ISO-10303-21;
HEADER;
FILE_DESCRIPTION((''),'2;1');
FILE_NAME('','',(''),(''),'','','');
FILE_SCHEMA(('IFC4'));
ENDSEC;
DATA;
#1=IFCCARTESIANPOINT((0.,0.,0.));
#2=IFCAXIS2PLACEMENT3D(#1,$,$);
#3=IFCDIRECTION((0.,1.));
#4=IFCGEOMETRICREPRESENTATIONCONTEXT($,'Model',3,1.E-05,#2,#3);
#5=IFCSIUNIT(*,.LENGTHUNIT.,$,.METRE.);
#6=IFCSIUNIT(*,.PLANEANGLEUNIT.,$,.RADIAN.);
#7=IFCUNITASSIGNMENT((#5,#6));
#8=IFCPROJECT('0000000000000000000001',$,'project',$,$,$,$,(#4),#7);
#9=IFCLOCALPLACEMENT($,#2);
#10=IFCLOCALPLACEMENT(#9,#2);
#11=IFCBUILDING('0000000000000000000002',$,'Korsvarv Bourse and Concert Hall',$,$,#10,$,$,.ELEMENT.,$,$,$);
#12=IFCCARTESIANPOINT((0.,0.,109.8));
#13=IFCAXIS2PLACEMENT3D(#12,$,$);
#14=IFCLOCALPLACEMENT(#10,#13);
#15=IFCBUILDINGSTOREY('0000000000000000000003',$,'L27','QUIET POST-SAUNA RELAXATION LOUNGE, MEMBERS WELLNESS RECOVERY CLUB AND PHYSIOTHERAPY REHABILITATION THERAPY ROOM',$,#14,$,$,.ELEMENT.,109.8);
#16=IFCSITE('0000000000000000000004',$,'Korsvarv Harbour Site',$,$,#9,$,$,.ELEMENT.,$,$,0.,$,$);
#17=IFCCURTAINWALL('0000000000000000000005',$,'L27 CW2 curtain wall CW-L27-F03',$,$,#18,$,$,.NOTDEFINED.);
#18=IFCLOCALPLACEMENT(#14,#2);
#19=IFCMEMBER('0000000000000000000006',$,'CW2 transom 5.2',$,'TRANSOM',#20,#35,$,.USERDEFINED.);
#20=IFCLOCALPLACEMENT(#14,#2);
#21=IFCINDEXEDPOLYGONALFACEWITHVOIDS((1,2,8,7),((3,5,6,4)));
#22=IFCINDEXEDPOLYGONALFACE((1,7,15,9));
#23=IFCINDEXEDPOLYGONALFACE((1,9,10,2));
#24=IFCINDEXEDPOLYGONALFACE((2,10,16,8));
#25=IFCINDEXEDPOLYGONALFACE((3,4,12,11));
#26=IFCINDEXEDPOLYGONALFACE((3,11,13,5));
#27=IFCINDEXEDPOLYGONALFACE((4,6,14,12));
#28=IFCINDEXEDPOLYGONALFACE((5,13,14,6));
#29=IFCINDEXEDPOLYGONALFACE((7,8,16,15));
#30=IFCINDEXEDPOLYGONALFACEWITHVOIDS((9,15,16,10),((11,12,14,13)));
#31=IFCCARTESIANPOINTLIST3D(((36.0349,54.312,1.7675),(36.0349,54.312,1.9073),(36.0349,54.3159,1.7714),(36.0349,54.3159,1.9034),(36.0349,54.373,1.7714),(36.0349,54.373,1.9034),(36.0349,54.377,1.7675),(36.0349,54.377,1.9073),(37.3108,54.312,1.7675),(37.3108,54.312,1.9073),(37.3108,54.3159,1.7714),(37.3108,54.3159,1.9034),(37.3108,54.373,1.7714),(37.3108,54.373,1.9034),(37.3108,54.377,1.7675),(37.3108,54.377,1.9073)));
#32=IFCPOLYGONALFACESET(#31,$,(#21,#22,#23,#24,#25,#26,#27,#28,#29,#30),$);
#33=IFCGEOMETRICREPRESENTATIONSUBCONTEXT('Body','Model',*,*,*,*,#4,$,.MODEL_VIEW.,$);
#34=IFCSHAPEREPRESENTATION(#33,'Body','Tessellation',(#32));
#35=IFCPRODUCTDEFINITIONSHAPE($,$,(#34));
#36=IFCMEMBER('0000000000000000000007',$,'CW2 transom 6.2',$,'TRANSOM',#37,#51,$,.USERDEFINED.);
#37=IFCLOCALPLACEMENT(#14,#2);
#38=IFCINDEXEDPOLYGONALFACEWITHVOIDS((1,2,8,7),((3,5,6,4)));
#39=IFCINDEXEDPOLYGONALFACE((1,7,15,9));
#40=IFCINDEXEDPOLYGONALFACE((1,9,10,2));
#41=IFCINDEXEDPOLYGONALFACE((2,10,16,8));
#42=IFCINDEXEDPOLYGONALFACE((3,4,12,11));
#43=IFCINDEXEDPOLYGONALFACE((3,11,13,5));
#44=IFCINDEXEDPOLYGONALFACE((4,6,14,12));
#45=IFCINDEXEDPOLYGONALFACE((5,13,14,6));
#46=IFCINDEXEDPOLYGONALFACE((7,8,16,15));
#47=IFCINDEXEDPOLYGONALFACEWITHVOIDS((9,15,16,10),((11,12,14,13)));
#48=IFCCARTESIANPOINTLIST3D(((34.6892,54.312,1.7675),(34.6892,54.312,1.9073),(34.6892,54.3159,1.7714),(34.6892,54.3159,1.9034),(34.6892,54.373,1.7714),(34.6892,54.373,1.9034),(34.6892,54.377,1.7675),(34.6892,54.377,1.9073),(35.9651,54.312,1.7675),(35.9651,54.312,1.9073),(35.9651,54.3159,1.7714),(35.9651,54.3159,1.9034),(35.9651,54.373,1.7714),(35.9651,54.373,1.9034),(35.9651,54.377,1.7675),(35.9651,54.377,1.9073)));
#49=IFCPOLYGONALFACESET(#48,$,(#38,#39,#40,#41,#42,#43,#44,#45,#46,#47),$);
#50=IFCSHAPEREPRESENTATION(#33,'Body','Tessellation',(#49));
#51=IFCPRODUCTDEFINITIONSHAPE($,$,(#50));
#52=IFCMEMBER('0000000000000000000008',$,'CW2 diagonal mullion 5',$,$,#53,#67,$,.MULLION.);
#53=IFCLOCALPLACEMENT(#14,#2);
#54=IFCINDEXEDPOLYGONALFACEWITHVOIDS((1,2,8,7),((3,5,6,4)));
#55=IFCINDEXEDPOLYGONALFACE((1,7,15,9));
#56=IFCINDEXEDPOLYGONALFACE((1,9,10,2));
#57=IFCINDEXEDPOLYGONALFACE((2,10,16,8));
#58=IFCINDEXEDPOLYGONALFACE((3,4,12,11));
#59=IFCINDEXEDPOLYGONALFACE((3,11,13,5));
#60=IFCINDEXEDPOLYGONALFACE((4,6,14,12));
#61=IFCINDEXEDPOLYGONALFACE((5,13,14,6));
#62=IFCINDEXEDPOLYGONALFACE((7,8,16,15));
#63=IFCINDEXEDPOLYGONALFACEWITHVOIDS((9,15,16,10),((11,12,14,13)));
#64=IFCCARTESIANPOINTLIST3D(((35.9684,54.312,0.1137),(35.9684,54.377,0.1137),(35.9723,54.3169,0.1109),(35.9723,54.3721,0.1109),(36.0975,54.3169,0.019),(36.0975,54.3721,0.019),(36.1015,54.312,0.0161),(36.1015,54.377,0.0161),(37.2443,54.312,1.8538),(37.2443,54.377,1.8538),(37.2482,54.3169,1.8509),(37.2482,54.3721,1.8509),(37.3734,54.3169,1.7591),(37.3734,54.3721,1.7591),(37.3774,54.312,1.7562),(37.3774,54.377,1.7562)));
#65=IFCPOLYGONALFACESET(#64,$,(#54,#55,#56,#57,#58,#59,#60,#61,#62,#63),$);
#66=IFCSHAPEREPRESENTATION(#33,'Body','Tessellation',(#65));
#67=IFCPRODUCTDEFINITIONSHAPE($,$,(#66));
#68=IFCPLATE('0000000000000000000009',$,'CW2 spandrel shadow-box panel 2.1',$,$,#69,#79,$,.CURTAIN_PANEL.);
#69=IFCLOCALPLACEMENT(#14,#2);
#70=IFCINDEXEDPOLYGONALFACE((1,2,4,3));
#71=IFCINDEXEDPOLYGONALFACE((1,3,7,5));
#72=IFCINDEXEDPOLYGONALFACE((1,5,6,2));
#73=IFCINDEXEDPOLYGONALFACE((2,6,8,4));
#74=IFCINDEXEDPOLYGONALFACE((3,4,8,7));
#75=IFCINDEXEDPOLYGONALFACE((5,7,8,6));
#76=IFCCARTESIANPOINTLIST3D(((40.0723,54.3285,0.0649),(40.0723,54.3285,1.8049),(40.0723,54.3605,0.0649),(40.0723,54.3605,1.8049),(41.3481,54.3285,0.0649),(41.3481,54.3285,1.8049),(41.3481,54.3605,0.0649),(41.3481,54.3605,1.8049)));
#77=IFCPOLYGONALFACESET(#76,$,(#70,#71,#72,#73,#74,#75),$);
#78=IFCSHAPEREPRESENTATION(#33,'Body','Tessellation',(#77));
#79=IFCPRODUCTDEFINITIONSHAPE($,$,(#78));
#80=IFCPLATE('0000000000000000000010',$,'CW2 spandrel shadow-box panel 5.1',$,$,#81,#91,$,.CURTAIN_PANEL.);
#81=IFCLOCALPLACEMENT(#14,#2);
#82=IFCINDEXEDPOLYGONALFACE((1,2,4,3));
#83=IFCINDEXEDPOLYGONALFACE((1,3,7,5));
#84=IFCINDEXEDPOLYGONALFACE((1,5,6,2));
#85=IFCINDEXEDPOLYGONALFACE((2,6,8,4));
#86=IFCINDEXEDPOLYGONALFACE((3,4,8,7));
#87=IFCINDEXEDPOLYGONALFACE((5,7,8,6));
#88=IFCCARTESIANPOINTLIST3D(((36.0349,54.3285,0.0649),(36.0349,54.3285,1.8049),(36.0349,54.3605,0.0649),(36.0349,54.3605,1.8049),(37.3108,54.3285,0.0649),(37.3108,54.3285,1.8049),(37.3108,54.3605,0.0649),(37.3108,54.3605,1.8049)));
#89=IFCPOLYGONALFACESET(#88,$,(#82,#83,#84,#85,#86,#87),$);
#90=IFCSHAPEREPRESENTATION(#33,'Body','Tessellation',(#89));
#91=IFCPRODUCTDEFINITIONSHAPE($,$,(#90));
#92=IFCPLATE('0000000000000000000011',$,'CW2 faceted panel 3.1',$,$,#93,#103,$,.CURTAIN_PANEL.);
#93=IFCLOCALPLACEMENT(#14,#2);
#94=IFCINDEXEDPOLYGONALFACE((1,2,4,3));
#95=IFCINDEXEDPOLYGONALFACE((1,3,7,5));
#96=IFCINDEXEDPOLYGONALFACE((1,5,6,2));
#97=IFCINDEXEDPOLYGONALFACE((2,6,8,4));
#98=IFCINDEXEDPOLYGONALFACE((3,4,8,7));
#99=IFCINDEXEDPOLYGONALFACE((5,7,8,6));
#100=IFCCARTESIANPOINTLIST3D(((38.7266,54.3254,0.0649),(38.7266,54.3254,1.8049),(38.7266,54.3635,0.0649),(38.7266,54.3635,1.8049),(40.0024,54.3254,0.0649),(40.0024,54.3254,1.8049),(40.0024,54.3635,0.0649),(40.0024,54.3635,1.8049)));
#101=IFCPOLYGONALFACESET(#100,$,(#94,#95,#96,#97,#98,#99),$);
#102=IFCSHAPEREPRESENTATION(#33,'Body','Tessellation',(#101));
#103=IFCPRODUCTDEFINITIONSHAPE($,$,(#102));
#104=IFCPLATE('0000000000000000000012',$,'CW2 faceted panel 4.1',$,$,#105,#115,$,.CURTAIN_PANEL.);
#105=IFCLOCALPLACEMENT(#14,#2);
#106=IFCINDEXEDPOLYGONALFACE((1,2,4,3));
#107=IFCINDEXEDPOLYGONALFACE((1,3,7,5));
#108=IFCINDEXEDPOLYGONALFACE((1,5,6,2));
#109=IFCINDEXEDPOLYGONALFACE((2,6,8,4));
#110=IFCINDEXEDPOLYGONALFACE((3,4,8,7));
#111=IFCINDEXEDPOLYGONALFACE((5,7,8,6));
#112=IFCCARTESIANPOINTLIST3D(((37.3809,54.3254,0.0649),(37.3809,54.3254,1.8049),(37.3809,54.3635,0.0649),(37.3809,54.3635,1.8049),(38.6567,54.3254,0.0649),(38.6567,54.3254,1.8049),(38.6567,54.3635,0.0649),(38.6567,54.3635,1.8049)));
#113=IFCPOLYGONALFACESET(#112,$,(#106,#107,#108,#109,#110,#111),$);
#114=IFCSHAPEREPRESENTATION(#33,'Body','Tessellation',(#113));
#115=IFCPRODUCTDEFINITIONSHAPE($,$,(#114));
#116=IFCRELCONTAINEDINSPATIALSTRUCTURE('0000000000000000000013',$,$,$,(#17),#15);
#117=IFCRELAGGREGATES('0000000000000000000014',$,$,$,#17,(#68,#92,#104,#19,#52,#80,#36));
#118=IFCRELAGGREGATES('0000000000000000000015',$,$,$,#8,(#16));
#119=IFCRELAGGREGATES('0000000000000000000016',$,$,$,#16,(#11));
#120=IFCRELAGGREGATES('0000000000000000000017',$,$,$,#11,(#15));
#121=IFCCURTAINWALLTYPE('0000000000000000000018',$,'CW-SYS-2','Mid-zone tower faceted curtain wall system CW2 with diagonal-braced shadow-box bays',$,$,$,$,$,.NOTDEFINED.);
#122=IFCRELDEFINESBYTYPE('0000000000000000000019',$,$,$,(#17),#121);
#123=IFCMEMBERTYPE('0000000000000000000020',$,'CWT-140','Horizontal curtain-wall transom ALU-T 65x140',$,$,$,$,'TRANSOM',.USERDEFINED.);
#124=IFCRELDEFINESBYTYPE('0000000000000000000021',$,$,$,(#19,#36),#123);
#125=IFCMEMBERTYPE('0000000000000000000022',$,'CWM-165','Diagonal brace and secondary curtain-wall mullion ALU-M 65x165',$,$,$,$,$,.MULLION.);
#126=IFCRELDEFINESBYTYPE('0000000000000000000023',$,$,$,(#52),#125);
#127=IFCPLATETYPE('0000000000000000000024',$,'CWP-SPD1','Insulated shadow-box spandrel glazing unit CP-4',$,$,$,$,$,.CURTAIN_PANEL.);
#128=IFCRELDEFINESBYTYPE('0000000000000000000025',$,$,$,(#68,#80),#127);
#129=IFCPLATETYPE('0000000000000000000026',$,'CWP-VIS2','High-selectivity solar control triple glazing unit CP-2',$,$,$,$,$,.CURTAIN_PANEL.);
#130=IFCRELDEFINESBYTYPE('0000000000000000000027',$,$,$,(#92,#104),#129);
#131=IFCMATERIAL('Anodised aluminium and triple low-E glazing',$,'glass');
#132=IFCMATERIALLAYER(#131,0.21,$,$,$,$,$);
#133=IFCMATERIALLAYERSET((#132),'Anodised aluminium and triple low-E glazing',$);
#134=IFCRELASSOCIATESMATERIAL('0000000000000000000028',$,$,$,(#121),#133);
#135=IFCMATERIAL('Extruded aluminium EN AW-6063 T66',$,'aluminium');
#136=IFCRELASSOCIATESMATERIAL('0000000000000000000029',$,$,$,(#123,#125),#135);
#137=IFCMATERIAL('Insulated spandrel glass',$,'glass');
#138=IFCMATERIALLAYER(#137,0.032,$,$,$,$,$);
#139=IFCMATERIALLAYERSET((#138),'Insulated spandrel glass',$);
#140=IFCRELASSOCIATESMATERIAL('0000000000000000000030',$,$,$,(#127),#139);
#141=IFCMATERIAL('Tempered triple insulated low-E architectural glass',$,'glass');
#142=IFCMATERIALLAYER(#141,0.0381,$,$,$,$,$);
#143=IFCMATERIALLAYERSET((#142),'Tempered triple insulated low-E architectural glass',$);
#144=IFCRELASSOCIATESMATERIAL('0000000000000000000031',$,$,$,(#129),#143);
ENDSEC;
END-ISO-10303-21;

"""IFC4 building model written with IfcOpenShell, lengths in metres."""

from ifc_helpers import new_model, si_unit, direction, frame, origin, origin_2d, place, context, subcontext, project, spatial, rectangle, hollow_rectangle, extrude, source, transform, mapped, material, layer, layer_set, material_profile, profile_set, type_object, element, aggregate, save


model = new_model("IFC4")

# Units and contexts
model_context = context("Model", 3, precision=1e-05, world=origin(), true_north=direction((0.0, 1.0)))
body_context = subcontext(model_context, "Body", "Model", "MODEL_VIEW")
ifc_project = project(units=[si_unit("LENGTHUNIT", "METRE"), si_unit("PLANEANGLEUNIT", "RADIAN")], contexts=[model_context])

# Site, building, storey
site_placement = place(None, origin())
site = spatial("IfcSite", under=ifc_project, at=site_placement, Name="Korsvarv Harbour Site", CompositionType="ELEMENT", RefElevation=0.0)
building_placement = place(site_placement, origin())
building = spatial("IfcBuilding", under=site, at=building_placement, Name="Korsvarv Bourse and Concert Hall", CompositionType="ELEMENT")
storey_placement = place(building_placement, frame((0.0, 0.0, 109.8)))
storey = spatial("IfcBuildingStorey", under=building, at=storey_placement, Name="L27", Description="QUIET POST-SAUNA RELAXATION LOUNGE, MEMBERS WELLNESS RECOVERY CLUB AND PHYSIOTHERAPY REHABILITATION THERAPY ROOM", CompositionType="ELEMENT", Elevation=109.8)

# Curtain wall, members, plates
ifc_material_1 = material(Name="Anodised aluminium and triple low-E glazing", Category="glass")
ifc_layer_1 = layer(ifc_material_1, 0.21)
ifc_layer_set_1 = layer_set([ifc_layer_1], Name="Anodised aluminium and triple low-E glazing")
curtain_wall_type = type_object("IfcCurtainWallType", Name="CW-SYS-2", Description="Mid-zone tower faceted curtain wall system CW2 with diagonal-braced shadow-box bays", PredefinedType="NOTDEFINED", material=ifc_layer_set_1)
curtain_wall_placement = place(storey_placement, origin())
curtain_wall = element("IfcCurtainWall", 1, at=curtain_wall_placement, inside=storey, type_object=curtain_wall_type, Name="L27 CW2 curtain wall CW-L27-F03", PredefinedType="NOTDEFINED")
ifc_material_2 = material(Name="Extruded aluminium EN AW-6063 T66", Category="aluminium")
ifc_material_profile_1 = material_profile(ifc_material_2, hollow_rectangle(XDim=0.0649, YDim=0.1399, WallThickness=0.0039, at=origin_2d()), Name="ALU-T 65x140")
ifc_profile_set_1 = profile_set([ifc_material_profile_1], Name="Extruded aluminium EN AW-6063 T66")
member_type_1 = type_object("IfcMemberType", Name="CWT-140", Description="Horizontal curtain-wall transom ALU-T 65x140", ElementType="TRANSOM", PredefinedType="USERDEFINED", material=ifc_profile_set_1)
shared_shape_1 = source(origin(), body_context, "Body", "SweptSolid", [
    extrude(hollow_rectangle(XDim=0.0649, YDim=0.1399, WallThickness=0.0039, at=origin_2d()), origin(), (0.0, 0.0, 1.0), 1.2759),
])
member_1_placement = place(storey_placement, frame((37.3108, 54.3445, 1.8374), z_axis=(-1.0, 0.0, 0.0), x_axis=(0.0, -1.0, 0.0)))
member_1 = element("IfcMember", 2, at=member_1_placement, type_object=member_type_1, Name="CW2 transom 5.2", ObjectType="TRANSOM", PredefinedType="USERDEFINED", context=body_context, shape_type="MappedRepresentation", body=[
    mapped(shared_shape_1, transform((0.0, 0.0, 0.0), scale=1.0)),
])
member_2_placement = place(storey_placement, frame((35.9651, 54.3445, 1.8374), z_axis=(-1.0, 0.0, 0.0), x_axis=(0.0, -1.0, 0.0)))
member_2 = element("IfcMember", 3, at=member_2_placement, type_object=member_type_1, Name="CW2 transom 6.2", ObjectType="TRANSOM", PredefinedType="USERDEFINED", context=body_context, shape_type="MappedRepresentation", body=[
    mapped(shared_shape_1, transform((0.0, 0.0, 0.0), scale=1.0)),
])
ifc_material_profile_2 = material_profile(ifc_material_2, hollow_rectangle(XDim=0.0649, YDim=0.165, WallThickness=0.0049, at=origin_2d()), Name="ALU-M 65x165")
ifc_profile_set_2 = profile_set([ifc_material_profile_2], Name="Extruded aluminium EN AW-6063 T66")
member_type_2 = type_object("IfcMemberType", Name="CWM-165", Description="Diagonal brace and secondary curtain-wall mullion ALU-M 65x165", PredefinedType="MULLION", material=ifc_profile_set_2)
shared_shape_2 = source(origin(), body_context, "Body", "SweptSolid", [
    extrude(hollow_rectangle(XDim=0.0649, YDim=0.165, WallThickness=0.0049, at=origin_2d()), origin(), (0.0, 0.0, 1.0), 2.1577),
])
member_3_placement = place(storey_placement, frame((36.0349, 54.3445, 0.0649), z_axis=(0.591329, 0.0, 0.80643), x_axis=(0.0, 1.0, 0.0)))
member_3 = element("IfcMember", 4, at=member_3_placement, type_object=member_type_2, Name="CW2 diagonal mullion 5", PredefinedType="MULLION", context=body_context, shape_type="MappedRepresentation", body=[
    mapped(shared_shape_2, transform((0.0, 0.0, 0.0), scale=1.0)),
])
ifc_material_3 = material(Name="Insulated spandrel glass", Category="glass")
ifc_layer_2 = layer(ifc_material_3, 0.032)
ifc_layer_set_2 = layer_set([ifc_layer_2], Name="Insulated spandrel glass")
plate_type_1 = type_object("IfcPlateType", Name="CWP-SPD1", Description="Insulated shadow-box spandrel glazing unit CP-4", PredefinedType="CURTAIN_PANEL", material=ifc_layer_set_2)
shared_shape_3 = source(origin(), body_context, "Body", "SweptSolid", [
    extrude(rectangle(XDim=1.2759, YDim=0.032, at=origin_2d()), origin(), (0.0, 0.0, 1.0), 1.74),
])
plate_1_placement = place(storey_placement, frame((40.7102, 54.3445, 0.0649), z_axis=(0.0, 0.0, 1.0), x_axis=(-1.0, 0.0, 0.0)))
plate_1 = element("IfcPlate", 5, at=plate_1_placement, type_object=plate_type_1, Name="CW2 spandrel shadow-box panel 2.1", PredefinedType="CURTAIN_PANEL", context=body_context, shape_type="MappedRepresentation", body=[
    mapped(shared_shape_3, transform((0.0, 0.0, 0.0), scale=1.0)),
])
plate_2_placement = place(storey_placement, frame((36.6729, 54.3445, 0.0649), z_axis=(0.0, 0.0, 1.0), x_axis=(-1.0, 0.0, 0.0)))
plate_2 = element("IfcPlate", 6, at=plate_2_placement, type_object=plate_type_1, Name="CW2 spandrel shadow-box panel 5.1", PredefinedType="CURTAIN_PANEL", context=body_context, shape_type="MappedRepresentation", body=[
    mapped(shared_shape_3, transform((0.0, 0.0, 0.0), scale=1.0)),
])
ifc_material_4 = material(Name="Tempered triple insulated low-E architectural glass", Category="glass")
ifc_layer_3 = layer(ifc_material_4, 0.0381)
ifc_layer_set_3 = layer_set([ifc_layer_3], Name="Tempered triple insulated low-E architectural glass")
plate_type_2 = type_object("IfcPlateType", Name="CWP-VIS2", Description="High-selectivity solar control triple glazing unit CP-2", PredefinedType="CURTAIN_PANEL", material=ifc_layer_set_3)
shared_shape_4 = source(origin(), body_context, "Body", "SweptSolid", [
    extrude(rectangle(XDim=1.2759, YDim=0.0381, at=origin_2d()), origin(), (0.0, 0.0, 1.0), 1.74),
])
plate_3_placement = place(storey_placement, frame((39.3645, 54.3445, 0.0649), z_axis=(0.0, 0.0, 1.0), x_axis=(-1.0, 0.0, 0.0)))
plate_3 = element("IfcPlate", 7, at=plate_3_placement, type_object=plate_type_2, Name="CW2 faceted panel 3.1", PredefinedType="CURTAIN_PANEL", context=body_context, shape_type="MappedRepresentation", body=[
    mapped(shared_shape_4, transform((0.0, 0.0, 0.0), scale=1.0)),
])
plate_4_placement = place(storey_placement, frame((38.0188, 54.3445, 0.0649), z_axis=(0.0, 0.0, 1.0), x_axis=(-1.0, 0.0, 0.0)))
plate_4 = element("IfcPlate", 8, at=plate_4_placement, type_object=plate_type_2, Name="CW2 faceted panel 4.1", PredefinedType="CURTAIN_PANEL", context=body_context, shape_type="MappedRepresentation", body=[
    mapped(shared_shape_4, transform((0.0, 0.0, 0.0), scale=1.0)),
])
aggregate(curtain_wall, [plate_1, plate_3, plate_4, member_1, member_3, plate_2, member_2])

save(model, "model.ifc")
